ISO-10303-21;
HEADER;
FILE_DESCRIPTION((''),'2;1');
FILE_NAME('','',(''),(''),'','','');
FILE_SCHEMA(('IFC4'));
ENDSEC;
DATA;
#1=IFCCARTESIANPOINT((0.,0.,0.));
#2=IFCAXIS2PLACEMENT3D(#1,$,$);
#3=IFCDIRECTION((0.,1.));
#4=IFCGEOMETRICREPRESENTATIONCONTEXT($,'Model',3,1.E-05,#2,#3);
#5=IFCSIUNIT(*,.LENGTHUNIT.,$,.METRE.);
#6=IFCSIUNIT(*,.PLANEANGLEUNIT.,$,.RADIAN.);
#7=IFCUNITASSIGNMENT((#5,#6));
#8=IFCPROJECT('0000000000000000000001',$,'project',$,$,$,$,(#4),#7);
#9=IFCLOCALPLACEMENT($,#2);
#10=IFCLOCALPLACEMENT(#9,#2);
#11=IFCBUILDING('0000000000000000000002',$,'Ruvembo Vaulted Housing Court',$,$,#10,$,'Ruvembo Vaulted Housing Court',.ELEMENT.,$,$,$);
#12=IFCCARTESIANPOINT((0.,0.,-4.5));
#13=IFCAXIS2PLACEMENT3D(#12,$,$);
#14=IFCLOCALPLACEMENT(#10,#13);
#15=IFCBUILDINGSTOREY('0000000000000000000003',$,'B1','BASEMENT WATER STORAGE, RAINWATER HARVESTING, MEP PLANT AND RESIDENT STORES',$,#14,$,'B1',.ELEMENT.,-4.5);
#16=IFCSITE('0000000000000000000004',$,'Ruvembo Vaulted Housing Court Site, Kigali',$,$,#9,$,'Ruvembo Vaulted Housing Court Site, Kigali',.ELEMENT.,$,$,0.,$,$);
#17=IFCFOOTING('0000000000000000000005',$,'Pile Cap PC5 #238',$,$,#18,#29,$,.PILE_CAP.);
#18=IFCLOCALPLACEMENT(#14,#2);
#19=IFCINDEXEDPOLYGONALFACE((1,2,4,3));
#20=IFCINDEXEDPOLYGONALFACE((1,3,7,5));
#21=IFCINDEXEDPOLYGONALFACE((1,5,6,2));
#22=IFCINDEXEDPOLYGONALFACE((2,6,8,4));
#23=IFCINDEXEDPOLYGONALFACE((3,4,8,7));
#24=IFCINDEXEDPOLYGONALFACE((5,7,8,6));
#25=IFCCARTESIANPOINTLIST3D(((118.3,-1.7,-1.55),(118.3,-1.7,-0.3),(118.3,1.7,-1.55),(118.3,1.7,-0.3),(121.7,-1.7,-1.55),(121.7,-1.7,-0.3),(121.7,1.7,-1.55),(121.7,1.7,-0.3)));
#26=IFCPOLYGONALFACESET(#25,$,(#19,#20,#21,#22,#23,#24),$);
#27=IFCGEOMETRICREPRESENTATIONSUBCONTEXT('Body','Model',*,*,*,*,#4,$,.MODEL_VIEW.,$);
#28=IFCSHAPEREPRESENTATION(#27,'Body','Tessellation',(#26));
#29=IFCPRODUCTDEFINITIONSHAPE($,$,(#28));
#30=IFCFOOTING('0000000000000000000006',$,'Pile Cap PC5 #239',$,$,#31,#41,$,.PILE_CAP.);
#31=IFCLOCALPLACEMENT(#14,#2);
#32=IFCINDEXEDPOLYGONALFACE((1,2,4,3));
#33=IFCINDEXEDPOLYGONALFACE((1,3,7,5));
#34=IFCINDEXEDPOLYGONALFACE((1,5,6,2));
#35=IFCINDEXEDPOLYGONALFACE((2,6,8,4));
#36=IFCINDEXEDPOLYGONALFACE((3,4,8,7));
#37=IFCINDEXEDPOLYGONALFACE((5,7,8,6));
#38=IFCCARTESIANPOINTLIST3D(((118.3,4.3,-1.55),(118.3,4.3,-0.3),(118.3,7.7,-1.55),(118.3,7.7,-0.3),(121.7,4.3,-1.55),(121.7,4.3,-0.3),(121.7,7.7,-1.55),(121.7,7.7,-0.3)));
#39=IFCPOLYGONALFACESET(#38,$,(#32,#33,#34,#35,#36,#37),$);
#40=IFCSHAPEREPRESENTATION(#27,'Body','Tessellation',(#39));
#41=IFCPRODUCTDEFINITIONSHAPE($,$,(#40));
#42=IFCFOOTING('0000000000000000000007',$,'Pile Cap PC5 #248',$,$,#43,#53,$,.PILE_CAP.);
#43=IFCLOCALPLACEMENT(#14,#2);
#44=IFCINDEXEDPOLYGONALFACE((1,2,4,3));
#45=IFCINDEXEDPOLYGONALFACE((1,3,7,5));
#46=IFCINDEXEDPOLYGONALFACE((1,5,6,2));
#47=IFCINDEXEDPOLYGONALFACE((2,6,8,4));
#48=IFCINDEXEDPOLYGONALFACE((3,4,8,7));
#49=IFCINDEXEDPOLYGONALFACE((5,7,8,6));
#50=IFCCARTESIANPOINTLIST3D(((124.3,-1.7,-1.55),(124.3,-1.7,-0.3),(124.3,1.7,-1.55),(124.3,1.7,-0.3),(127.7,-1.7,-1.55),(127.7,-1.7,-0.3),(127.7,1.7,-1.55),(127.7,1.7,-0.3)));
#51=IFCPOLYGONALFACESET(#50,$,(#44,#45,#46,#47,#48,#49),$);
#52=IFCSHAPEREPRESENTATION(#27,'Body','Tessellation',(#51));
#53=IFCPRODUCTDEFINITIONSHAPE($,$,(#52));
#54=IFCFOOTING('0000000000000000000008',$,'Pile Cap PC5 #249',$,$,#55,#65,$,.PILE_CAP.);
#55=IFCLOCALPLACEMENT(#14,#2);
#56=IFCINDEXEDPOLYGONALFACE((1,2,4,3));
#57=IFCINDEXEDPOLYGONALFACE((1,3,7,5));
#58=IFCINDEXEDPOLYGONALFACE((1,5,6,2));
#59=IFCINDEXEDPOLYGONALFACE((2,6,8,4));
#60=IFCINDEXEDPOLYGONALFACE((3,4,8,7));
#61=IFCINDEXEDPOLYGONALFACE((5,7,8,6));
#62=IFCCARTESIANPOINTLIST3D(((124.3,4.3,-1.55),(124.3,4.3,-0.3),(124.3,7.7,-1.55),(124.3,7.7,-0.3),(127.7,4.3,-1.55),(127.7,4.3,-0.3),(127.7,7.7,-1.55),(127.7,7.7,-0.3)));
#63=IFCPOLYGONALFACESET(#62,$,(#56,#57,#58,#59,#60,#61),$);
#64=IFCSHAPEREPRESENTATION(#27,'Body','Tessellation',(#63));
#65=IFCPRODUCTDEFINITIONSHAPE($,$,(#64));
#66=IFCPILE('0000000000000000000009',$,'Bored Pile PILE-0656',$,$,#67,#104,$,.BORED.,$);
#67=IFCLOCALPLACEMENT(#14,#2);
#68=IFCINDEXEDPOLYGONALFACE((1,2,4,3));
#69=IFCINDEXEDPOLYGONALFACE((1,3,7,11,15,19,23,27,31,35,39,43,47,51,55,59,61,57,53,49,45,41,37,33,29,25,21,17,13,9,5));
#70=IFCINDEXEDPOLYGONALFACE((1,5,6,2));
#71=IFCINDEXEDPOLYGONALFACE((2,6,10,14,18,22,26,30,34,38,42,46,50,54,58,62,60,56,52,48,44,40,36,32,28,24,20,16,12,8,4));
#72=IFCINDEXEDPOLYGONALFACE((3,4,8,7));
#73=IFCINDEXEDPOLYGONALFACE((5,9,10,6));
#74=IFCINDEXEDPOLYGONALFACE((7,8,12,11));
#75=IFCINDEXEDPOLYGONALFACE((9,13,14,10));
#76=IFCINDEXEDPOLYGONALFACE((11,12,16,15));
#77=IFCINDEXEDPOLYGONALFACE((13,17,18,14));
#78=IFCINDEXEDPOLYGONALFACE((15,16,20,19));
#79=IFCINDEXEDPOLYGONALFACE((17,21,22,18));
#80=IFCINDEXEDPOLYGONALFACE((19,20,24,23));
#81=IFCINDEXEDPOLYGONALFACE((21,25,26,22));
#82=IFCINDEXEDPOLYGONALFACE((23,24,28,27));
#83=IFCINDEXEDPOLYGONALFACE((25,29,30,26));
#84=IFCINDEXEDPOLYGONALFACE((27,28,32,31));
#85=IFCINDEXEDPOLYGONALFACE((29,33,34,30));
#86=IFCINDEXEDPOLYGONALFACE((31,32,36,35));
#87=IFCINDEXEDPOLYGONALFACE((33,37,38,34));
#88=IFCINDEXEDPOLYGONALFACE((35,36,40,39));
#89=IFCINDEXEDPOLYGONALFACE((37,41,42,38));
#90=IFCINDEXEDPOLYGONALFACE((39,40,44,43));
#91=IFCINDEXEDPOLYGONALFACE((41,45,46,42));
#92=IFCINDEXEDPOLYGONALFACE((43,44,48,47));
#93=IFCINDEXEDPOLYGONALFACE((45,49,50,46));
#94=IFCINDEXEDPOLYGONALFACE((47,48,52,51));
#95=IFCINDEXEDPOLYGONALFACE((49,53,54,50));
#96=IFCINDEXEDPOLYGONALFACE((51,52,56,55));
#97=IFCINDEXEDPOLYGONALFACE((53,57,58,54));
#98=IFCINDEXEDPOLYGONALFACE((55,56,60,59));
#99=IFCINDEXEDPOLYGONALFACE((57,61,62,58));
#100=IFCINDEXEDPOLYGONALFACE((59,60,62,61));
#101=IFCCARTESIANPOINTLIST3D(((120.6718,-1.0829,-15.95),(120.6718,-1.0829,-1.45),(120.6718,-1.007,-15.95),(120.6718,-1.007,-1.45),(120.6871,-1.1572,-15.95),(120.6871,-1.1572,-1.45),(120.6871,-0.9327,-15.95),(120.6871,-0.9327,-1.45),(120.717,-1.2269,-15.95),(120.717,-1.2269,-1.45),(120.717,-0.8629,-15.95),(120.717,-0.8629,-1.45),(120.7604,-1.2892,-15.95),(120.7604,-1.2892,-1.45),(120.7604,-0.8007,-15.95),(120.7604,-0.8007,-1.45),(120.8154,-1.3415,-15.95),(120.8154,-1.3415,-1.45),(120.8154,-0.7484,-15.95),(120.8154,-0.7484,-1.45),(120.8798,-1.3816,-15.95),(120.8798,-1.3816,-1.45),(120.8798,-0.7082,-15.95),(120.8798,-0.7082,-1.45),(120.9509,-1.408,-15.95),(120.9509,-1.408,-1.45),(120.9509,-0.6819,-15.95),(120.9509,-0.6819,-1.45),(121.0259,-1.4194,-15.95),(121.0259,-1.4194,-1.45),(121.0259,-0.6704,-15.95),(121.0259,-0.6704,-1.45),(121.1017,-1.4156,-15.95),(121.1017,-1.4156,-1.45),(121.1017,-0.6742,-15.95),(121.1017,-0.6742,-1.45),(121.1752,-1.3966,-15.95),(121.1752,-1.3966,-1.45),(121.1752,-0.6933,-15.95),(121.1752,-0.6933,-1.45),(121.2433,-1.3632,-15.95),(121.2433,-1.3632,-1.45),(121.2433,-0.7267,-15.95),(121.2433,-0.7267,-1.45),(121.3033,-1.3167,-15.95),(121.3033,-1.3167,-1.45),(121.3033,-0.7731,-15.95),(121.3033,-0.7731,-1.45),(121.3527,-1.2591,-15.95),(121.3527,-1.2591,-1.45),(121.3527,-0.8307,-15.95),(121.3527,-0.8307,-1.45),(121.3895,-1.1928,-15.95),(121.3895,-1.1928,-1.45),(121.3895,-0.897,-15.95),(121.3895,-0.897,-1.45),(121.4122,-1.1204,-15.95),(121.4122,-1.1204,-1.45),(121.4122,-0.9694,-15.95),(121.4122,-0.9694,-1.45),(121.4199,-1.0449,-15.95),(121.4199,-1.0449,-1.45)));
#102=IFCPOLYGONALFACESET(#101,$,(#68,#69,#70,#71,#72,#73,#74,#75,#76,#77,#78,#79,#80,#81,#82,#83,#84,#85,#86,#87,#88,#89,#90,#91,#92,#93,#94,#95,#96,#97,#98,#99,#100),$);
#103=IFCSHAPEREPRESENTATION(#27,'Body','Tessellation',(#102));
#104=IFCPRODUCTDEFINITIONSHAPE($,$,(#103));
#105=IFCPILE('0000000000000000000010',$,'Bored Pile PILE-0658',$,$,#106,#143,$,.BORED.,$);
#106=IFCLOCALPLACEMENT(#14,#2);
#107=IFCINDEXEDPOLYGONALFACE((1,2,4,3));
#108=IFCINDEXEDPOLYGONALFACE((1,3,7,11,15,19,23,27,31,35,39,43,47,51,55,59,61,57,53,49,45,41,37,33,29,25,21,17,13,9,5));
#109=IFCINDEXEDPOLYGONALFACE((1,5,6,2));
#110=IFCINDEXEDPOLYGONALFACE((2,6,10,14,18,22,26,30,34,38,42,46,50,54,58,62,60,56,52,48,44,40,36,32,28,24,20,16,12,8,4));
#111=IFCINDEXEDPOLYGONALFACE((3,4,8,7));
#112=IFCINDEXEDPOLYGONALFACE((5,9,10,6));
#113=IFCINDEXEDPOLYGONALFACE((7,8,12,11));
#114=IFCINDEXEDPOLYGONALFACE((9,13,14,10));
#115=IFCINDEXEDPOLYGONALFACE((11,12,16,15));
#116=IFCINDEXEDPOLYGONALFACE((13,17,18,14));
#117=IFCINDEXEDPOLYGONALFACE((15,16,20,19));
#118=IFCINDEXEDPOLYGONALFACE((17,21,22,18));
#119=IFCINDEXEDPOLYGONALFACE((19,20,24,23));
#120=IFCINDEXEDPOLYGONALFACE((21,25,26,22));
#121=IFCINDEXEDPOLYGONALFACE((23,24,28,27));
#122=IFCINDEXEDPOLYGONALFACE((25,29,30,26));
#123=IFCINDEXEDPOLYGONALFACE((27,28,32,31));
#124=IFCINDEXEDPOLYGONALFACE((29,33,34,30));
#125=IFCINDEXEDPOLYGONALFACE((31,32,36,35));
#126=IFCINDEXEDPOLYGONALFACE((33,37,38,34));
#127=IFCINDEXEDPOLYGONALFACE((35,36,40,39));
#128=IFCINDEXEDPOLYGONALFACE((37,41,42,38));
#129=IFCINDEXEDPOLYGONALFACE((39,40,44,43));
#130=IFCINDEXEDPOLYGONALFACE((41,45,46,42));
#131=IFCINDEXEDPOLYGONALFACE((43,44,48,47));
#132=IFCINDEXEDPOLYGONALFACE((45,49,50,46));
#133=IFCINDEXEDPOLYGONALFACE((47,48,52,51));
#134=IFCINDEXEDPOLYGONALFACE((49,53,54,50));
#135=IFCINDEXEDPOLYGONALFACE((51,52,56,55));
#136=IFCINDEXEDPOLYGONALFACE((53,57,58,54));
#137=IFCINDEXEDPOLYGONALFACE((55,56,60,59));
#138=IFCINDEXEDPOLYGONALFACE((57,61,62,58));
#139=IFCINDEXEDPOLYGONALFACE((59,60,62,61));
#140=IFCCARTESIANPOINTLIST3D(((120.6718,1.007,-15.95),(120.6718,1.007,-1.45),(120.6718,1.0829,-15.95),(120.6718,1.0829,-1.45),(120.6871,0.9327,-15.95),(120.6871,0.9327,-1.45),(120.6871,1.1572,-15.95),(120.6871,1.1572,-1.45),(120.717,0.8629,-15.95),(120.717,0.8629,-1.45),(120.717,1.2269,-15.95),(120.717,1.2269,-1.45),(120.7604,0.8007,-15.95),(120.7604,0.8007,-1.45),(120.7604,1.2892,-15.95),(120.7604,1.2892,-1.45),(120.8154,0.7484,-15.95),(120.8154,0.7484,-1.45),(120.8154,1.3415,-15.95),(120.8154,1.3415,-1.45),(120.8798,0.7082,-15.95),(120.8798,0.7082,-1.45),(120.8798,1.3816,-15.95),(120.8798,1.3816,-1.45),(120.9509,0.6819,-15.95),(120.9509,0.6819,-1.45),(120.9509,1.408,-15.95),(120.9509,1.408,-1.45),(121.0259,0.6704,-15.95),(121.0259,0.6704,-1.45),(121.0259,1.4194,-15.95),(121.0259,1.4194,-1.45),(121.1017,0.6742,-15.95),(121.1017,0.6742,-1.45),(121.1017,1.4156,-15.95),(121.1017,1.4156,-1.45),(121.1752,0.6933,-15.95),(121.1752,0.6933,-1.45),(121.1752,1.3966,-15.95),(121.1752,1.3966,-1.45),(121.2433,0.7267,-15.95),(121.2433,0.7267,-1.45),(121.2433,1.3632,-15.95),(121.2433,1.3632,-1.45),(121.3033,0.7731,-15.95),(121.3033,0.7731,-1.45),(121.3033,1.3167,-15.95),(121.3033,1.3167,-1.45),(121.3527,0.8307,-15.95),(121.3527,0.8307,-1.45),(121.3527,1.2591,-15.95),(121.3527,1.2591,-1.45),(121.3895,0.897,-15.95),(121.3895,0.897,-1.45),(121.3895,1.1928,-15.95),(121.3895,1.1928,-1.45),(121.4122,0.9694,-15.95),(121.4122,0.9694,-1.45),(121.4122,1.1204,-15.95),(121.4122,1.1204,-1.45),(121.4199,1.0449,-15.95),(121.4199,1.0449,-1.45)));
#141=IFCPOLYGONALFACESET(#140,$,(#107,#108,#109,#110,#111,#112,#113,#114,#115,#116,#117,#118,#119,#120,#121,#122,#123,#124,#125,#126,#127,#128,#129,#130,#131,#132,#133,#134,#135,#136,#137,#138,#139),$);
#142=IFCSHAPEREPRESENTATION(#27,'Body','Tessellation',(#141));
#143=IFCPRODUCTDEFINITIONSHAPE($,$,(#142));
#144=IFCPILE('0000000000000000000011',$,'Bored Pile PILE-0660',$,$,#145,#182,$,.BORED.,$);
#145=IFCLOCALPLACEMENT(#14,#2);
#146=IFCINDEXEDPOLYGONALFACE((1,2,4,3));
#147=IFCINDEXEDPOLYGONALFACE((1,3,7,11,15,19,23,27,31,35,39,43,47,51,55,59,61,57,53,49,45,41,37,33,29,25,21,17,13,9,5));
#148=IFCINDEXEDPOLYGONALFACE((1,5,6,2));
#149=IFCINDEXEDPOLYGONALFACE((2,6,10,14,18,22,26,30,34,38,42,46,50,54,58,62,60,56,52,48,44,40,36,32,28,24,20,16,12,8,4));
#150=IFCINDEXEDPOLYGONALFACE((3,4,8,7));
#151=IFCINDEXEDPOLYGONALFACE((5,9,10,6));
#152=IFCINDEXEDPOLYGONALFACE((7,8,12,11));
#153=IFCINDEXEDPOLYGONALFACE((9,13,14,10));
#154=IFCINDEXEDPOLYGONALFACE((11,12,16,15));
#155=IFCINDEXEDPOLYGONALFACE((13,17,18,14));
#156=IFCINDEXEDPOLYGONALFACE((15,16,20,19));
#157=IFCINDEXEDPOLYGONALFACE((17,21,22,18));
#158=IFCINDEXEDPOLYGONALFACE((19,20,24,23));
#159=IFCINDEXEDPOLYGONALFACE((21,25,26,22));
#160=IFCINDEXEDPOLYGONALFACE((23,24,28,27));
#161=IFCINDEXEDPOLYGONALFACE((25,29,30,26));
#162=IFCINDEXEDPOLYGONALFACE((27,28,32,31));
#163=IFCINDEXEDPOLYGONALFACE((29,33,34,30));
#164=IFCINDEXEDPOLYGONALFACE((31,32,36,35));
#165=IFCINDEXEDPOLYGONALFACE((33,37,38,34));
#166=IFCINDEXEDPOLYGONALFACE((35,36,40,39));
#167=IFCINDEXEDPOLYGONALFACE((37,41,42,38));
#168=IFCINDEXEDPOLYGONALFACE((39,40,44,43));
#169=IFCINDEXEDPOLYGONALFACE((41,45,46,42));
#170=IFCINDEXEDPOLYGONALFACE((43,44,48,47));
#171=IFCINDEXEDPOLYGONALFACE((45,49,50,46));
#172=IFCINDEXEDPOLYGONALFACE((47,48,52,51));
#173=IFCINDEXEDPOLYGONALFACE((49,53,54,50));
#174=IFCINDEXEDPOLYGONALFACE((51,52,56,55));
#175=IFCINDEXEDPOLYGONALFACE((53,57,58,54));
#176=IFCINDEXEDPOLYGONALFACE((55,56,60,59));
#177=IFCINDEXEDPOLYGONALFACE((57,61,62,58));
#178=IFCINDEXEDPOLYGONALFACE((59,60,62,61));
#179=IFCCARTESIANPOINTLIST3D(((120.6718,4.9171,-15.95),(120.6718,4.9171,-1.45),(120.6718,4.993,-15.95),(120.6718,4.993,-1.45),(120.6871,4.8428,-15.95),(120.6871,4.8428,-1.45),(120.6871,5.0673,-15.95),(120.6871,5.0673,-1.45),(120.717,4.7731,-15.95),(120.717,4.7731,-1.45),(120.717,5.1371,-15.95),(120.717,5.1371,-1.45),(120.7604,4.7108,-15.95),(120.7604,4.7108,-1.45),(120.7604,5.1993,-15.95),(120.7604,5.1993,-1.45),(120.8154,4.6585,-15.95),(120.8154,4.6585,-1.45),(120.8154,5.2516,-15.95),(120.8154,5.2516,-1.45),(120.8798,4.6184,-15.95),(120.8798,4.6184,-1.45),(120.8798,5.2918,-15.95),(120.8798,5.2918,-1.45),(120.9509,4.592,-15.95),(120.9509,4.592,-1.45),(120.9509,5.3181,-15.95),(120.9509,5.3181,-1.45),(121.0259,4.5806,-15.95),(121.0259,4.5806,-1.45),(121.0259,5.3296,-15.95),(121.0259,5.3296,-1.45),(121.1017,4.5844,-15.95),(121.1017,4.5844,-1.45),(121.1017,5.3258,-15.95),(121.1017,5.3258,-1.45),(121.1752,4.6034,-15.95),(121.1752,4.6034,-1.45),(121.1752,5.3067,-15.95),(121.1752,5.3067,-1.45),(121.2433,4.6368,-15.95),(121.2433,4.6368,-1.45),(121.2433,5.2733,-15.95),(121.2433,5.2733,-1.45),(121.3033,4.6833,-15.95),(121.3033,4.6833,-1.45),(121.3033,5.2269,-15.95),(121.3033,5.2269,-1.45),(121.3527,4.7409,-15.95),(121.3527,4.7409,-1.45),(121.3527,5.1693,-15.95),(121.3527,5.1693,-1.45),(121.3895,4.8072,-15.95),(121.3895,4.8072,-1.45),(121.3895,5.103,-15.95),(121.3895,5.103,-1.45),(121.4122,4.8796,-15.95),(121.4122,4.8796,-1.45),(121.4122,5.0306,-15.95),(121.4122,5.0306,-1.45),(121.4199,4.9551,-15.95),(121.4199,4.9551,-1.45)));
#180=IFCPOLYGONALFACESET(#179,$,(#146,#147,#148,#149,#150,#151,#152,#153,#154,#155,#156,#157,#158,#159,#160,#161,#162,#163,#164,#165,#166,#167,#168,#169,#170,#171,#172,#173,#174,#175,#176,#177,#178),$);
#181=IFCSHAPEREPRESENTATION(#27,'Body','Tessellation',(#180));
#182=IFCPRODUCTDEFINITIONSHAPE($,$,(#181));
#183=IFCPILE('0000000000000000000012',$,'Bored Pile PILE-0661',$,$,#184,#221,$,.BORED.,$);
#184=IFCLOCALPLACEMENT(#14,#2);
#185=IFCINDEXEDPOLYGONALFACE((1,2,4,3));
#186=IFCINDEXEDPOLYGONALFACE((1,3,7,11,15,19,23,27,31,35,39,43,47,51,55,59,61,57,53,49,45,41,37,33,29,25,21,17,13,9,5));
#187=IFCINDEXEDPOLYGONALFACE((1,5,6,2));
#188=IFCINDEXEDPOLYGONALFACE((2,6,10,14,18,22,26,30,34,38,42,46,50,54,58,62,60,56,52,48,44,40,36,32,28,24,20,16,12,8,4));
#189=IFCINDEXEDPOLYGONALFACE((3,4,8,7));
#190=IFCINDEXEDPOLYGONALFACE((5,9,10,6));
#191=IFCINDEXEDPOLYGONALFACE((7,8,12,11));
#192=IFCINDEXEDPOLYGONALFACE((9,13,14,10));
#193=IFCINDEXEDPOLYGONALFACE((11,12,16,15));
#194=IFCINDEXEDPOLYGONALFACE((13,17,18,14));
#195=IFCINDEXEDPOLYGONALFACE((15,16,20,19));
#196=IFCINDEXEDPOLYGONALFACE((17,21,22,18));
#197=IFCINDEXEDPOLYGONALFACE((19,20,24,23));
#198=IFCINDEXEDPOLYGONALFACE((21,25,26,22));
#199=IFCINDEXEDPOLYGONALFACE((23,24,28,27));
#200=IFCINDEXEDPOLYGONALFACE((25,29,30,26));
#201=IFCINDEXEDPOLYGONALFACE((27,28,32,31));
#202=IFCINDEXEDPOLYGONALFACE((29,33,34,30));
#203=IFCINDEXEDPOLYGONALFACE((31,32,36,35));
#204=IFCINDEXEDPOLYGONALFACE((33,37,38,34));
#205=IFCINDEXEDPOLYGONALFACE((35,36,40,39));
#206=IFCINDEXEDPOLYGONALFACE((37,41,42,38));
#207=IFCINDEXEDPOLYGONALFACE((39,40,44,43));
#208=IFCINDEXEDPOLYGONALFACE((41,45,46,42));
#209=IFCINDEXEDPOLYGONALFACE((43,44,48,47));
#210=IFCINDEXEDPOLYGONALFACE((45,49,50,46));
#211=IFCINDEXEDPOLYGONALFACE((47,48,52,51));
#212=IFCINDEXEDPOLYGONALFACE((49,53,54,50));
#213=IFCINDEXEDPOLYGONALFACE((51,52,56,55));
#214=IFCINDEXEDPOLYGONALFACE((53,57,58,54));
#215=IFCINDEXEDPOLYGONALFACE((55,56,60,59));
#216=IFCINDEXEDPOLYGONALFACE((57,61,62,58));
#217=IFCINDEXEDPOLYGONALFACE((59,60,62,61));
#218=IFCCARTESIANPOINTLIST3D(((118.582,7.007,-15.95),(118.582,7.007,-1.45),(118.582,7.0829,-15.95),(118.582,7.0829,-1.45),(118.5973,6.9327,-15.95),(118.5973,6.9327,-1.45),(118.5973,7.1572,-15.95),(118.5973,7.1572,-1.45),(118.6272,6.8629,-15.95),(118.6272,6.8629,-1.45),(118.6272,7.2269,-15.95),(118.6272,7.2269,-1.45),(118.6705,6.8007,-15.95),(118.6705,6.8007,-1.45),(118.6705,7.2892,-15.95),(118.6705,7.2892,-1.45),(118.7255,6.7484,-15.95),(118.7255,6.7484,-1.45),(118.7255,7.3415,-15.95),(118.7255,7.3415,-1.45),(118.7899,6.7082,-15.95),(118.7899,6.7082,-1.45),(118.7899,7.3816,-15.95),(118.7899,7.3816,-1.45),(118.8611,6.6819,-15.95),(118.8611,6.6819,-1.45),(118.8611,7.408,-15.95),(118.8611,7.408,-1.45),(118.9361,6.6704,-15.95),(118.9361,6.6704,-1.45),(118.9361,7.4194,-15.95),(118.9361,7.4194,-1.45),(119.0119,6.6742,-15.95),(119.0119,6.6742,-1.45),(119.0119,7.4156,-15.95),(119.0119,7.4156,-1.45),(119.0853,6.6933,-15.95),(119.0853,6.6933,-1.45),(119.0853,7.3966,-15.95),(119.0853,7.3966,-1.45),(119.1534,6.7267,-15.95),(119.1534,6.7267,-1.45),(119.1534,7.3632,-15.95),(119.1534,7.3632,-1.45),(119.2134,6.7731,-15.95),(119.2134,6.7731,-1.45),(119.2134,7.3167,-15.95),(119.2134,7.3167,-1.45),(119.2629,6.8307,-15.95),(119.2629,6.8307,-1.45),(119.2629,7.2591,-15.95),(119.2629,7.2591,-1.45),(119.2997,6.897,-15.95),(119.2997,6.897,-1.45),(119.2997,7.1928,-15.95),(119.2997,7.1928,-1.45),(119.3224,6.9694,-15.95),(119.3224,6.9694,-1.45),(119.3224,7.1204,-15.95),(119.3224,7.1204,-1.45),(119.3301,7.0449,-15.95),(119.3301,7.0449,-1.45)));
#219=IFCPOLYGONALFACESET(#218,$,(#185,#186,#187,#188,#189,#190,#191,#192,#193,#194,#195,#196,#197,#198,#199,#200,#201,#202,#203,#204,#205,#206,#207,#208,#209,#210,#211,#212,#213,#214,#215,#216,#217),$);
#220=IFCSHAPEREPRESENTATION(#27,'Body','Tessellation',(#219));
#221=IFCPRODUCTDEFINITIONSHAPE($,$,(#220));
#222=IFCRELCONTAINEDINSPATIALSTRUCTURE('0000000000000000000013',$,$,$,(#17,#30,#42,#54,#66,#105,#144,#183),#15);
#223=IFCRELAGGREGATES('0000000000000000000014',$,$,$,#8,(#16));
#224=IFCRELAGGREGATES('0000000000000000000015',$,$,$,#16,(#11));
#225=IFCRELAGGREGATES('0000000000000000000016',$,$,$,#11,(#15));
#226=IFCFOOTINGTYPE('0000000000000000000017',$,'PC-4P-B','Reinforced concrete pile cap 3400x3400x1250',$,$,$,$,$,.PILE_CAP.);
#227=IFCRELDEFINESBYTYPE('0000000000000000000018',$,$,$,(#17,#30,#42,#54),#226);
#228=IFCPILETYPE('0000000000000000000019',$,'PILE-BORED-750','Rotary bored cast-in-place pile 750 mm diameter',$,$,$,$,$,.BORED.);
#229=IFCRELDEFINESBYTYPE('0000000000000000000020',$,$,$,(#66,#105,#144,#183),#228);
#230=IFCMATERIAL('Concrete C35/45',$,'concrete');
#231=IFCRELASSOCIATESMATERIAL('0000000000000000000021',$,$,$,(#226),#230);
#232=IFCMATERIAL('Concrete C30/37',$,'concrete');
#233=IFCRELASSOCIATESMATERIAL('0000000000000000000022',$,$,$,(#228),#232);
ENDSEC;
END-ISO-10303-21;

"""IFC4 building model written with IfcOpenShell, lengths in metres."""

from ifc_helpers import new_model, si_unit, direction, frame, origin, origin_2d, place, context, subcontext, project, spatial, rectangle, circle, extrude, material, material_profile, profile_set, type_object, element, save


model = new_model("IFC4")

# Units and contexts
model_context = context("Model", 3, precision=1e-05, world=origin(), true_north=direction((0.0, 1.0)))
body_context = subcontext(model_context, "Body", "Model", "MODEL_VIEW")
ifc_project = project(units=[si_unit("LENGTHUNIT", "METRE"), si_unit("PLANEANGLEUNIT", "RADIAN")], contexts=[model_context])

# Site, building, storey
site_placement = place(None, origin())
site = spatial("IfcSite", under=ifc_project, at=site_placement, Name="Ruvembo Vaulted Housing Court Site, Kigali", LongName="Ruvembo Vaulted Housing Court Site, Kigali", CompositionType="ELEMENT", RefElevation=0.0)
building_placement = place(site_placement, origin())
building = spatial("IfcBuilding", under=site, at=building_placement, Name="Ruvembo Vaulted Housing Court", LongName="Ruvembo Vaulted Housing Court", CompositionType="ELEMENT")
storey_placement = place(building_placement, frame((0.0, 0.0, -4.5)))
storey = spatial("IfcBuildingStorey", under=building, at=storey_placement, Name="B1", Description="BASEMENT WATER STORAGE, RAINWATER HARVESTING, MEP PLANT AND RESIDENT STORES", LongName="B1", CompositionType="ELEMENT", Elevation=-4.5)

# Footings
ifc_material_1 = material(Name="Concrete C35/45", Category="concrete")
footing_type = type_object("IfcFootingType", Name="PC-4P-B", Description="Reinforced concrete pile cap 3400x3400x1250", PredefinedType="PILE_CAP", material=ifc_material_1)
for number, where, z_axis, x_axis, name in (
    (1, (120.0, 0.0, -1.55), (0.0, 0.0, 1.0), (1.0, 0.0, 0.0), "Pile Cap PC5 #238"),
    (2, (120.0, 6.0, -1.55), (0.0, 0.0, 1.0), (1.0, 0.0, 0.0), "Pile Cap PC5 #239"),
    (3, (126.0, 0.0, -1.55), (0.0, 0.0, 1.0), (1.0, 0.0, 0.0), "Pile Cap PC5 #248"),
    (4, (126.0, 6.0, -1.55), (0.0, 0.0, 1.0), (1.0, 0.0, 0.0), "Pile Cap PC5 #249"),
):
    element("IfcFooting", number, at=place(storey_placement, frame(where, z_axis=z_axis, x_axis=x_axis)), inside=storey, type_object=footing_type, Name=name, PredefinedType="PILE_CAP", context=body_context, shape_type="SweptSolid", body=[
        extrude(rectangle(XDim=3.3999, YDim=3.3999, at=origin_2d()), origin(), (0.0, 0.0, 1.0), 1.25),
    ])

# Piles
ifc_material_2 = material(Name="Concrete C30/37", Category="concrete")
ifc_material_profile_1 = material_profile(ifc_material_2, circle(Radius=0.375, at=origin_2d()), Name="PILE D750")
ifc_profile_set_1 = profile_set([ifc_material_profile_1], Name="Concrete C30/37")
pile_type = type_object("IfcPileType", Name="PILE-BORED-750", Description="Rotary bored cast-in-place pile 750 mm diameter", PredefinedType="BORED", material=ifc_profile_set_1)
for number, where, z_axis, x_axis, name in (
    (5, (121.0449, -1.0449, -1.45), (0.0, 0.0, -1.0), (1.0, 0.0, 0.0), "Bored Pile PILE-0656"),
    (6, (121.0449, 1.0449, -1.45), (0.0, 0.0, -1.0), (1.0, 0.0, 0.0), "Bored Pile PILE-0658"),
    (7, (121.0449, 4.9551, -1.45), (0.0, 0.0, -1.0), (1.0, 0.0, 0.0), "Bored Pile PILE-0660"),
    (8, (118.9551, 7.0449, -1.45), (0.0, 0.0, -1.0), (1.0, 0.0, 0.0), "Bored Pile PILE-0661"),
):
    element("IfcPile", number, at=place(storey_placement, frame(where, z_axis=z_axis, x_axis=x_axis)), inside=storey, type_object=pile_type, Name=name, PredefinedType="BORED", context=body_context, shape_type="SweptSolid", body=[
        extrude(circle(Radius=0.375, at=origin_2d()), origin(), (0.0, 0.0, 1.0), 14.5),
    ])

save(model, "model.ifc")
